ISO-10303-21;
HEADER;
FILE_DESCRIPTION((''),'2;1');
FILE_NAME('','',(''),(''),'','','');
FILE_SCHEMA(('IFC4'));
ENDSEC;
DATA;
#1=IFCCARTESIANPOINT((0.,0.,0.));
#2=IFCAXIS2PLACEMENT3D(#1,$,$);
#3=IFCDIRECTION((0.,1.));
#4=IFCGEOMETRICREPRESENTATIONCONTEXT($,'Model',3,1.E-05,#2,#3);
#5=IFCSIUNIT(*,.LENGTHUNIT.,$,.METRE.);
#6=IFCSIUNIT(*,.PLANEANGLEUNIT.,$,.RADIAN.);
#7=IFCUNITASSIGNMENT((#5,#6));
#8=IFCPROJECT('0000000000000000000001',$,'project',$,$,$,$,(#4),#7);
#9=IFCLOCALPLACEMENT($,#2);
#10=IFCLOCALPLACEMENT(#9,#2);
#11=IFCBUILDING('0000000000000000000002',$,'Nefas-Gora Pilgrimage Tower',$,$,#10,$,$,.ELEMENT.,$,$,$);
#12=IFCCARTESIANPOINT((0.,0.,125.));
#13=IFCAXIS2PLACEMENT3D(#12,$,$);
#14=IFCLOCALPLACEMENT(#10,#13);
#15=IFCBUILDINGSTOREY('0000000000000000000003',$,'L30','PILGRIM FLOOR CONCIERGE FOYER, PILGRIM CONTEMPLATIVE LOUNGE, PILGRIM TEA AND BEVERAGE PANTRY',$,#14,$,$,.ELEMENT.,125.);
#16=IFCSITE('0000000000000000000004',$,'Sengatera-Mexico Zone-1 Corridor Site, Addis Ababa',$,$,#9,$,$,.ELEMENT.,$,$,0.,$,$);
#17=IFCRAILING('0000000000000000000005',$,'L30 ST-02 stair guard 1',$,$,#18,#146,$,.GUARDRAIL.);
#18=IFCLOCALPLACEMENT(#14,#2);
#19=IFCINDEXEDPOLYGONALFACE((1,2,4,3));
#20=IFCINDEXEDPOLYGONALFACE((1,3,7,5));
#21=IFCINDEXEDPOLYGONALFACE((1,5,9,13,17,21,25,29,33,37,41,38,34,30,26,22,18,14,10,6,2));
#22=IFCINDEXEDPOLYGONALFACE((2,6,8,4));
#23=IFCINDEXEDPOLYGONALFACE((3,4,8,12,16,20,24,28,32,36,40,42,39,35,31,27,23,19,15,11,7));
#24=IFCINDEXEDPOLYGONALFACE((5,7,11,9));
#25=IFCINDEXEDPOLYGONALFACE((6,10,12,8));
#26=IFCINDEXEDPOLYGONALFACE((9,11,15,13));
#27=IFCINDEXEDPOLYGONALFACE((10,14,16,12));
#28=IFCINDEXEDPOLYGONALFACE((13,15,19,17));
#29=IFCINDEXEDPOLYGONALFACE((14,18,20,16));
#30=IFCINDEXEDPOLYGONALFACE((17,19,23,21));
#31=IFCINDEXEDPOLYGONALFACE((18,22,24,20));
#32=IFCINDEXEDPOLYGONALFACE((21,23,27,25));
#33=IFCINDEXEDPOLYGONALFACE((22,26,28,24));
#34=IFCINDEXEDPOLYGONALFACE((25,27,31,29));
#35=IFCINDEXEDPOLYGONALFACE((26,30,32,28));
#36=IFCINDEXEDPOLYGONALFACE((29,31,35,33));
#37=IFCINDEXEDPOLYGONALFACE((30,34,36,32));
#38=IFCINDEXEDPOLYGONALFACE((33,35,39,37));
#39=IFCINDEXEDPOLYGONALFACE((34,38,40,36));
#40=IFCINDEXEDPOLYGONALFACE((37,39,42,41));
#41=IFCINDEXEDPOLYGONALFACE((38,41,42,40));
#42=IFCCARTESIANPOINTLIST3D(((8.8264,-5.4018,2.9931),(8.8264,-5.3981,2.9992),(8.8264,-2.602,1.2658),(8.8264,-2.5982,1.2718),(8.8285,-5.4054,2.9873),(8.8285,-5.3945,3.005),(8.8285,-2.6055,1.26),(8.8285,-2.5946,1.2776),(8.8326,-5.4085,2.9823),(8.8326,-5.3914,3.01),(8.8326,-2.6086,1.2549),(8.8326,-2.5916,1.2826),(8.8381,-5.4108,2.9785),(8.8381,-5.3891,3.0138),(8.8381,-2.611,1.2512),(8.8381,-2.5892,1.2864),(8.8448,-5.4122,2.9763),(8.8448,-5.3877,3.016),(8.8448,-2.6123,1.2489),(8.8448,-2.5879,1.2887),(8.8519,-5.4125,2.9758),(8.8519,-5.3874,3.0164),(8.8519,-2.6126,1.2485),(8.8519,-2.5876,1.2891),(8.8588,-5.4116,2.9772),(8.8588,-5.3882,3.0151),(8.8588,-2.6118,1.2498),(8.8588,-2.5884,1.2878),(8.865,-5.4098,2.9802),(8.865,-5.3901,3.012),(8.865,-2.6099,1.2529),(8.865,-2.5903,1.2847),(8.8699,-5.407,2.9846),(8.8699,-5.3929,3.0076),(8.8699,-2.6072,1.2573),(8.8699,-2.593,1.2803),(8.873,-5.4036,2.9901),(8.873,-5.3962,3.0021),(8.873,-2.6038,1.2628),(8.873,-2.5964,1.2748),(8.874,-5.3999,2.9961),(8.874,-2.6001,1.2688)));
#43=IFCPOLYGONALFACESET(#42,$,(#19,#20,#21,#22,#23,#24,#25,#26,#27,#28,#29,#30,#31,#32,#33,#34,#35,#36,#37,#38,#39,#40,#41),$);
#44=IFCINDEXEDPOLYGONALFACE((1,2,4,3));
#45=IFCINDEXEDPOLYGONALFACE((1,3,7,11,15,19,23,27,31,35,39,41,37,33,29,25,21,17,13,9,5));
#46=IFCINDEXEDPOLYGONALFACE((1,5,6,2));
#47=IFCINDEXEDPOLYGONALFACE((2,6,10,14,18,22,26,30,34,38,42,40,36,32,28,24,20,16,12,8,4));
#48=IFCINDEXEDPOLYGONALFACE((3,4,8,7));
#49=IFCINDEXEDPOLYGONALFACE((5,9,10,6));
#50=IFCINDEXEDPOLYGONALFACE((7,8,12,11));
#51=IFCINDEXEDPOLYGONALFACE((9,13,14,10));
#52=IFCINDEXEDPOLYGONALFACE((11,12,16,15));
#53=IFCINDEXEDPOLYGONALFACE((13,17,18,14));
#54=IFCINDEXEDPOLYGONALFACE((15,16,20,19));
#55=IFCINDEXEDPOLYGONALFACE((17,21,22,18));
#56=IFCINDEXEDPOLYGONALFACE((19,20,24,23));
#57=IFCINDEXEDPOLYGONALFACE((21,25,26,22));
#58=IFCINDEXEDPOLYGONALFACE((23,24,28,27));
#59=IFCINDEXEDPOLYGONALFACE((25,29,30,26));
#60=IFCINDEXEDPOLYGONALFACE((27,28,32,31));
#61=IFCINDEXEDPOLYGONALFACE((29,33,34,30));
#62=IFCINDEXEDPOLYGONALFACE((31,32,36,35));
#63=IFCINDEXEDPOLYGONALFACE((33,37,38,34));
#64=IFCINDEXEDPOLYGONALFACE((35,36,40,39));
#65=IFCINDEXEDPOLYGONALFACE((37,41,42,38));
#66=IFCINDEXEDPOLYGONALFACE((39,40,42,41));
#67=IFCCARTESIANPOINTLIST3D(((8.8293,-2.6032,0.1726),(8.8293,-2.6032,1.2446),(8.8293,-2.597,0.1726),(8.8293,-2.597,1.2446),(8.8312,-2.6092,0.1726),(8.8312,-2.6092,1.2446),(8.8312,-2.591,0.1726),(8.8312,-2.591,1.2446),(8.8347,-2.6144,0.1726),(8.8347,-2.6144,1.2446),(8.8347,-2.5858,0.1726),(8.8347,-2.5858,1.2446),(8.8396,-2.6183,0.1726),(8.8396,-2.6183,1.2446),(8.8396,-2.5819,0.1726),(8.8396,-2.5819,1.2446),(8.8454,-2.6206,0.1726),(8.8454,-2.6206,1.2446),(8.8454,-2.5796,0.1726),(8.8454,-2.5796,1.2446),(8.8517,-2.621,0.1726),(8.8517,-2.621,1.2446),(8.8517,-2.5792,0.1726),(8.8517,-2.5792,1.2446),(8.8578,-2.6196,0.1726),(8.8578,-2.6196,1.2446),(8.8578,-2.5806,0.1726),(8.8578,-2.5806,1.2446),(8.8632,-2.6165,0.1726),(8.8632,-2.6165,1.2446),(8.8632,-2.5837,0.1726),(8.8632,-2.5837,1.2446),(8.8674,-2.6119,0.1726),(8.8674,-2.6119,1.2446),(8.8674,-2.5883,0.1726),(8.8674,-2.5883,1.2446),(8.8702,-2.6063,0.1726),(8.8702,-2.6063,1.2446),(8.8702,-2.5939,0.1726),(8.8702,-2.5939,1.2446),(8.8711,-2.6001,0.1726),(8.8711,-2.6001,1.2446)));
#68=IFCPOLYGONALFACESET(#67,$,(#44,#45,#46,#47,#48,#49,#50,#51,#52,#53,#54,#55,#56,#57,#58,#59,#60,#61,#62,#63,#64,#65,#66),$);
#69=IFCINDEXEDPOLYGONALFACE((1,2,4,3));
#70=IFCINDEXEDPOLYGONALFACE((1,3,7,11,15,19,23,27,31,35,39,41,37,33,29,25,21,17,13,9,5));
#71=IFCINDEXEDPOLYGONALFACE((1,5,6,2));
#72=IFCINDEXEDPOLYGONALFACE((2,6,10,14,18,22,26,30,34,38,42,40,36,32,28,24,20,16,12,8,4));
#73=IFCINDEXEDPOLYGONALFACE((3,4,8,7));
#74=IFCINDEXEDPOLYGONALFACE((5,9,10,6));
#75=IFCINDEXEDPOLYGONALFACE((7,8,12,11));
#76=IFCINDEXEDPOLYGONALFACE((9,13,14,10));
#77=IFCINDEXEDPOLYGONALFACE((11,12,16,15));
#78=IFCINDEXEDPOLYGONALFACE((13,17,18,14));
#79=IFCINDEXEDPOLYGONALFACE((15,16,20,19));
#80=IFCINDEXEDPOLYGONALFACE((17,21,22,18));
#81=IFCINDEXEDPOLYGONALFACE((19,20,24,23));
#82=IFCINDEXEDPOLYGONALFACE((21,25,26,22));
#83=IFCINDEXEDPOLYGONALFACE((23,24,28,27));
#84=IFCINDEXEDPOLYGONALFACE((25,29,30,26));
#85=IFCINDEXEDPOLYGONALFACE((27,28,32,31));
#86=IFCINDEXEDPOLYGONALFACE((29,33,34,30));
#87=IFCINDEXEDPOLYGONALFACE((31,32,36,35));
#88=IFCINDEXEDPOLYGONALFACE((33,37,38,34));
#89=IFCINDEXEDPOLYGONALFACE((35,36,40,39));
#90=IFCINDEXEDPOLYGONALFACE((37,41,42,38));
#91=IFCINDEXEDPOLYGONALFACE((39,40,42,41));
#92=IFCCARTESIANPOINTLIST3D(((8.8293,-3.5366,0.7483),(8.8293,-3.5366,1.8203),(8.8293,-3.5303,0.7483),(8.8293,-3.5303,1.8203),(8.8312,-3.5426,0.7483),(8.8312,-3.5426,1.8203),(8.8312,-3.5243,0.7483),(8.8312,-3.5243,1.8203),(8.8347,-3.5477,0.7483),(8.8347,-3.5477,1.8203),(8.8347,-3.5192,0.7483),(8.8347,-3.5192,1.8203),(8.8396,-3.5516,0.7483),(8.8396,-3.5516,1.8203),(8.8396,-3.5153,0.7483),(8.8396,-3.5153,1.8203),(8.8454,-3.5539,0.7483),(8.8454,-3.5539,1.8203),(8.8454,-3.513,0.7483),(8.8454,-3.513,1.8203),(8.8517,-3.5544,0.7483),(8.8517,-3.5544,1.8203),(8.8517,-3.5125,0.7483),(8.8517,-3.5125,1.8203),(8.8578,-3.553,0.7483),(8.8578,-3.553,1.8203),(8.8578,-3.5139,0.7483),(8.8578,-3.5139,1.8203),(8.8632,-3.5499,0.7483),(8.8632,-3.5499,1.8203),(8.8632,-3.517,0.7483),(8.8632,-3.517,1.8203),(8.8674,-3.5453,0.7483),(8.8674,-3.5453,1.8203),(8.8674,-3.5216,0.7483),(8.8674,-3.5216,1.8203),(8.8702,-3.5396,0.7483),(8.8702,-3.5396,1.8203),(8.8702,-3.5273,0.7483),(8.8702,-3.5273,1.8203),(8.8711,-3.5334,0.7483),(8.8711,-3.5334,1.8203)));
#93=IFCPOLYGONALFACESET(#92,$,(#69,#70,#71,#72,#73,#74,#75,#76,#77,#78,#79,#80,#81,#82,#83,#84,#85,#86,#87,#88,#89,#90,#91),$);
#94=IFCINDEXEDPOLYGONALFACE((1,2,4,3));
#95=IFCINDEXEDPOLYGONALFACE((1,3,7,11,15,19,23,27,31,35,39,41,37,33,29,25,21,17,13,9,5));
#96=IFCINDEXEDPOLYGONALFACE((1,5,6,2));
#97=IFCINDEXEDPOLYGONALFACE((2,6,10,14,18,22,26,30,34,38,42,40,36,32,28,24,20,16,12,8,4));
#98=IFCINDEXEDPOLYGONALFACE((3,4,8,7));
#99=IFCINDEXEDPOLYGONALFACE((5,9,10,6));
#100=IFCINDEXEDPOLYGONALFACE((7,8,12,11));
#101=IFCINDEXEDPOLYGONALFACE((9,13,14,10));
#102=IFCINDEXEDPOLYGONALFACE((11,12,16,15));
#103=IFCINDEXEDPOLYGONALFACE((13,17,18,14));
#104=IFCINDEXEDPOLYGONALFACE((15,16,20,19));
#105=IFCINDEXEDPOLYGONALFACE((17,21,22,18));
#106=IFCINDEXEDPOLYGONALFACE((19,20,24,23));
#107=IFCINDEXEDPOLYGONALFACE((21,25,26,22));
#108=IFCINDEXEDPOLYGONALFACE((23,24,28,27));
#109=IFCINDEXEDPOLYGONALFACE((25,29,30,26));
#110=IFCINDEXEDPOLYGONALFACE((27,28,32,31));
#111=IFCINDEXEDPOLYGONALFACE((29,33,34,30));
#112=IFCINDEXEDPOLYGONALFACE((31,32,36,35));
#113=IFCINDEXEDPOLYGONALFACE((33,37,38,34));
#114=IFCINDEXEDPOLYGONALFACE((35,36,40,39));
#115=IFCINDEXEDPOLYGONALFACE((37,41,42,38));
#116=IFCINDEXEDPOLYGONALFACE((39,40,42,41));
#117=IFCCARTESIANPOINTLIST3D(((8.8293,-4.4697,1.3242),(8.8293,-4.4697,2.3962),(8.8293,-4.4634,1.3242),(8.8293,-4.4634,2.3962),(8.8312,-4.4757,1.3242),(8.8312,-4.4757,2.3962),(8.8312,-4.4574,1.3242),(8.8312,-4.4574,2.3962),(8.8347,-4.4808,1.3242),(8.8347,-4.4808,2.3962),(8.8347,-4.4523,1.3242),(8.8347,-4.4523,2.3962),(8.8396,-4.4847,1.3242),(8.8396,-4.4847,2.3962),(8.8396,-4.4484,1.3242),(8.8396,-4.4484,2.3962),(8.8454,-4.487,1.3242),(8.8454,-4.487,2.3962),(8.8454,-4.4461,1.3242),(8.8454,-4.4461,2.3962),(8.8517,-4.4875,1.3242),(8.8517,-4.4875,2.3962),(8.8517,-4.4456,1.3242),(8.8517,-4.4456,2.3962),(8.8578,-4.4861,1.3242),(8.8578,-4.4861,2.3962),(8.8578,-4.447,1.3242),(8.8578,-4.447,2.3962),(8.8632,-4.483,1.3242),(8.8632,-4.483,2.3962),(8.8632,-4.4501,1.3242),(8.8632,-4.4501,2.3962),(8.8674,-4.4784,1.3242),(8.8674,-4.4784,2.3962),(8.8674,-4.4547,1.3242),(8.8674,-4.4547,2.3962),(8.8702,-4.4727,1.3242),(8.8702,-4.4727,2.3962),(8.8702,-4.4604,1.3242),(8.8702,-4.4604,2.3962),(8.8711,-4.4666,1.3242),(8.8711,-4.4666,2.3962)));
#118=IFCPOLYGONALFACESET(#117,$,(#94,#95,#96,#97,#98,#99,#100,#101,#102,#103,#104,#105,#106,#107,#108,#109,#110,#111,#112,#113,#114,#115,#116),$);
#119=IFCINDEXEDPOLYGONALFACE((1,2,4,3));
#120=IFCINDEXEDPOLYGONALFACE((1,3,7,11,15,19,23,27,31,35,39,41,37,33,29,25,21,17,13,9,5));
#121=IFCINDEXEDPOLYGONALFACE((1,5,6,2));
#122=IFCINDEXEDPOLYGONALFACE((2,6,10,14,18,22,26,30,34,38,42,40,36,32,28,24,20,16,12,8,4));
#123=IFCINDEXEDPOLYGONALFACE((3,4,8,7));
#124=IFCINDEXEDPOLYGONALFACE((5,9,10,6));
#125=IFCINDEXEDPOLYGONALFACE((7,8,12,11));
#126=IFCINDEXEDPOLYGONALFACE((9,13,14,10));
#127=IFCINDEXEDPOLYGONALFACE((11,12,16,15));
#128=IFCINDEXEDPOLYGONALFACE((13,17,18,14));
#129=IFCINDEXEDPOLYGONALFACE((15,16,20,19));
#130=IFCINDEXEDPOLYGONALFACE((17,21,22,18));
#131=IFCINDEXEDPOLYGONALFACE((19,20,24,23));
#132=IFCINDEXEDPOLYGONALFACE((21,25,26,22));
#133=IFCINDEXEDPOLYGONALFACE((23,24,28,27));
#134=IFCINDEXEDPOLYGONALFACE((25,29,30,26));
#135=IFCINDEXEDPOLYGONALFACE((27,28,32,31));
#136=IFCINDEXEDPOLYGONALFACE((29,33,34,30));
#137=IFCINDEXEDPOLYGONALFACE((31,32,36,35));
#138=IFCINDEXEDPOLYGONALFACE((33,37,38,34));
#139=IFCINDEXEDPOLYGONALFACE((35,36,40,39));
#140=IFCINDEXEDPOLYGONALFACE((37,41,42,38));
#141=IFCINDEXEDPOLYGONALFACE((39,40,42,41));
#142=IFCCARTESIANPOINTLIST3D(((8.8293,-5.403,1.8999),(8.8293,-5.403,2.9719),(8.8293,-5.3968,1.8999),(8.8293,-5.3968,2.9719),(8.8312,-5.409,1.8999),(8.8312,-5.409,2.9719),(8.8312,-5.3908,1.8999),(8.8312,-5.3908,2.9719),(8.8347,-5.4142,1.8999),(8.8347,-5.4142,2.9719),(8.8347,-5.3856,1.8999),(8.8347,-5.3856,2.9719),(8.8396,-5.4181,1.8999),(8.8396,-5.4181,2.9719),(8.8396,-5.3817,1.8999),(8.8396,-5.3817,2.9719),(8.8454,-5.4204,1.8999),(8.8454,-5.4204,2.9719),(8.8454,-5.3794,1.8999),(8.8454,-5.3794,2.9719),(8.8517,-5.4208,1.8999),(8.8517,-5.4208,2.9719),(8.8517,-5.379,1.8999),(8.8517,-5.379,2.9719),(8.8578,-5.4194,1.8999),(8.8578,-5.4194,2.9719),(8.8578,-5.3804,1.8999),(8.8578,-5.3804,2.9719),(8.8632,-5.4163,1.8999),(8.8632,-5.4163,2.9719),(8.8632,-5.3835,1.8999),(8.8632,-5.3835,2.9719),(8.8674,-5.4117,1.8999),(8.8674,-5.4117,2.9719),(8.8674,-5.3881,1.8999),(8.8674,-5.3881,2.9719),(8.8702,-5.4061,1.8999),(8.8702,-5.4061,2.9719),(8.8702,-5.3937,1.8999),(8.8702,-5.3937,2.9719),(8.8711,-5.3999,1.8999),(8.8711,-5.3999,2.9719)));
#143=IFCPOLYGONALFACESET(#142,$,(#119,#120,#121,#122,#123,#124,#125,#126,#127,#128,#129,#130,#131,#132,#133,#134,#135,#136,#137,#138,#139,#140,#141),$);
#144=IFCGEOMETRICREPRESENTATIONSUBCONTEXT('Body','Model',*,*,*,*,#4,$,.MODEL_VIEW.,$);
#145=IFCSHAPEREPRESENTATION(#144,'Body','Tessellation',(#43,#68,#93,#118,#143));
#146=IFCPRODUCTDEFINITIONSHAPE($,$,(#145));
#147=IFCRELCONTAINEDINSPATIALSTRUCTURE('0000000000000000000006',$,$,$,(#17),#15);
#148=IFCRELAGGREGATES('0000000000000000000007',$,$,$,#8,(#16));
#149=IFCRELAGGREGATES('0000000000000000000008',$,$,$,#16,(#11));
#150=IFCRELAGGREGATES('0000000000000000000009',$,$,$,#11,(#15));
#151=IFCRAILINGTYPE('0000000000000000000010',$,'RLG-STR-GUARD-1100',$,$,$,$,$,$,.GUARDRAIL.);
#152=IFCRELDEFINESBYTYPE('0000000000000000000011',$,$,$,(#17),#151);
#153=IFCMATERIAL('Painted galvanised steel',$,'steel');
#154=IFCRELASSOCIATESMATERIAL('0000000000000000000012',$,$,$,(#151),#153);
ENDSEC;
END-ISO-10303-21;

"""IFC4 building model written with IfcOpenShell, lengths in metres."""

from ifc_helpers import new_model, si_unit, direction, frame, origin, origin_2d, place, context, subcontext, project, spatial, circle, extrude, material, type_object, element, save


model = new_model("IFC4")

# Units and contexts
model_context = context("Model", 3, precision=1e-05, world=origin(), true_north=direction((0.0, 1.0)))
body_context = subcontext(model_context, "Body", "Model", "MODEL_VIEW")
ifc_project = project(units=[si_unit("LENGTHUNIT", "METRE"), si_unit("PLANEANGLEUNIT", "RADIAN")], contexts=[model_context])

# Site, building, storey
site_placement = place(None, origin())
site = spatial("IfcSite", under=ifc_project, at=site_placement, Name="Sengatera-Mexico Zone-1 Corridor Site, Addis Ababa", CompositionType="ELEMENT", RefElevation=0.0)
building_placement = place(site_placement, origin())
building = spatial("IfcBuilding", under=site, at=building_placement, Name="Nefas-Gora Pilgrimage Tower", CompositionType="ELEMENT")
storey_placement = place(building_placement, frame((0.0, 0.0, 125.0)))
storey = spatial("IfcBuildingStorey", under=building, at=storey_placement, Name="L30", Description="PILGRIM FLOOR CONCIERGE FOYER, PILGRIM CONTEMPLATIVE LOUNGE, PILGRIM TEA AND BEVERAGE PANTRY", CompositionType="ELEMENT", Elevation=125.0)

# Railing
ifc_material_1 = material(Name="Painted galvanised steel", Category="steel")
railing_type_1 = type_object("IfcRailingType", Name="RLG-STR-GUARD-1100", PredefinedType="GUARDRAIL", material=ifc_material_1)
railing_1_placement = place(storey_placement, frame((8.8501, -2.6001, 0.1726)))
element("IfcRailing", 1, at=railing_1_placement, inside=storey, type_object=railing_type_1, Name="L30 ST-02 stair guard 1", PredefinedType="GUARDRAIL", context=body_context, shape_type="SweptSolid", body=[
    extrude(circle(Radius=0.0239, at=origin_2d()), frame((0.0, 0.0, 1.0962), z_axis=(0.0, -0.851069, 0.525054), x_axis=(1.0, 0.0, 0.0)), (0.0, 0.0, 1.0), 3.2898),
    extrude(circle(Radius=0.021, at=origin_2d()), origin(), (0.0, 0.0, 1.0), 1.072),
    extrude(circle(Radius=0.021, at=origin_2d()), frame((0.0, -0.9333, 0.5757)), (0.0, 0.0, 1.0), 1.072),
    extrude(circle(Radius=0.021, at=origin_2d()), frame((0.0, -1.8665, 1.1516)), (0.0, 0.0, 1.0), 1.072),
    extrude(circle(Radius=0.021, at=origin_2d()), frame((0.0, -2.7998, 1.7273)), (0.0, 0.0, 1.0), 1.072),
])

save(model, "model.ifc")
